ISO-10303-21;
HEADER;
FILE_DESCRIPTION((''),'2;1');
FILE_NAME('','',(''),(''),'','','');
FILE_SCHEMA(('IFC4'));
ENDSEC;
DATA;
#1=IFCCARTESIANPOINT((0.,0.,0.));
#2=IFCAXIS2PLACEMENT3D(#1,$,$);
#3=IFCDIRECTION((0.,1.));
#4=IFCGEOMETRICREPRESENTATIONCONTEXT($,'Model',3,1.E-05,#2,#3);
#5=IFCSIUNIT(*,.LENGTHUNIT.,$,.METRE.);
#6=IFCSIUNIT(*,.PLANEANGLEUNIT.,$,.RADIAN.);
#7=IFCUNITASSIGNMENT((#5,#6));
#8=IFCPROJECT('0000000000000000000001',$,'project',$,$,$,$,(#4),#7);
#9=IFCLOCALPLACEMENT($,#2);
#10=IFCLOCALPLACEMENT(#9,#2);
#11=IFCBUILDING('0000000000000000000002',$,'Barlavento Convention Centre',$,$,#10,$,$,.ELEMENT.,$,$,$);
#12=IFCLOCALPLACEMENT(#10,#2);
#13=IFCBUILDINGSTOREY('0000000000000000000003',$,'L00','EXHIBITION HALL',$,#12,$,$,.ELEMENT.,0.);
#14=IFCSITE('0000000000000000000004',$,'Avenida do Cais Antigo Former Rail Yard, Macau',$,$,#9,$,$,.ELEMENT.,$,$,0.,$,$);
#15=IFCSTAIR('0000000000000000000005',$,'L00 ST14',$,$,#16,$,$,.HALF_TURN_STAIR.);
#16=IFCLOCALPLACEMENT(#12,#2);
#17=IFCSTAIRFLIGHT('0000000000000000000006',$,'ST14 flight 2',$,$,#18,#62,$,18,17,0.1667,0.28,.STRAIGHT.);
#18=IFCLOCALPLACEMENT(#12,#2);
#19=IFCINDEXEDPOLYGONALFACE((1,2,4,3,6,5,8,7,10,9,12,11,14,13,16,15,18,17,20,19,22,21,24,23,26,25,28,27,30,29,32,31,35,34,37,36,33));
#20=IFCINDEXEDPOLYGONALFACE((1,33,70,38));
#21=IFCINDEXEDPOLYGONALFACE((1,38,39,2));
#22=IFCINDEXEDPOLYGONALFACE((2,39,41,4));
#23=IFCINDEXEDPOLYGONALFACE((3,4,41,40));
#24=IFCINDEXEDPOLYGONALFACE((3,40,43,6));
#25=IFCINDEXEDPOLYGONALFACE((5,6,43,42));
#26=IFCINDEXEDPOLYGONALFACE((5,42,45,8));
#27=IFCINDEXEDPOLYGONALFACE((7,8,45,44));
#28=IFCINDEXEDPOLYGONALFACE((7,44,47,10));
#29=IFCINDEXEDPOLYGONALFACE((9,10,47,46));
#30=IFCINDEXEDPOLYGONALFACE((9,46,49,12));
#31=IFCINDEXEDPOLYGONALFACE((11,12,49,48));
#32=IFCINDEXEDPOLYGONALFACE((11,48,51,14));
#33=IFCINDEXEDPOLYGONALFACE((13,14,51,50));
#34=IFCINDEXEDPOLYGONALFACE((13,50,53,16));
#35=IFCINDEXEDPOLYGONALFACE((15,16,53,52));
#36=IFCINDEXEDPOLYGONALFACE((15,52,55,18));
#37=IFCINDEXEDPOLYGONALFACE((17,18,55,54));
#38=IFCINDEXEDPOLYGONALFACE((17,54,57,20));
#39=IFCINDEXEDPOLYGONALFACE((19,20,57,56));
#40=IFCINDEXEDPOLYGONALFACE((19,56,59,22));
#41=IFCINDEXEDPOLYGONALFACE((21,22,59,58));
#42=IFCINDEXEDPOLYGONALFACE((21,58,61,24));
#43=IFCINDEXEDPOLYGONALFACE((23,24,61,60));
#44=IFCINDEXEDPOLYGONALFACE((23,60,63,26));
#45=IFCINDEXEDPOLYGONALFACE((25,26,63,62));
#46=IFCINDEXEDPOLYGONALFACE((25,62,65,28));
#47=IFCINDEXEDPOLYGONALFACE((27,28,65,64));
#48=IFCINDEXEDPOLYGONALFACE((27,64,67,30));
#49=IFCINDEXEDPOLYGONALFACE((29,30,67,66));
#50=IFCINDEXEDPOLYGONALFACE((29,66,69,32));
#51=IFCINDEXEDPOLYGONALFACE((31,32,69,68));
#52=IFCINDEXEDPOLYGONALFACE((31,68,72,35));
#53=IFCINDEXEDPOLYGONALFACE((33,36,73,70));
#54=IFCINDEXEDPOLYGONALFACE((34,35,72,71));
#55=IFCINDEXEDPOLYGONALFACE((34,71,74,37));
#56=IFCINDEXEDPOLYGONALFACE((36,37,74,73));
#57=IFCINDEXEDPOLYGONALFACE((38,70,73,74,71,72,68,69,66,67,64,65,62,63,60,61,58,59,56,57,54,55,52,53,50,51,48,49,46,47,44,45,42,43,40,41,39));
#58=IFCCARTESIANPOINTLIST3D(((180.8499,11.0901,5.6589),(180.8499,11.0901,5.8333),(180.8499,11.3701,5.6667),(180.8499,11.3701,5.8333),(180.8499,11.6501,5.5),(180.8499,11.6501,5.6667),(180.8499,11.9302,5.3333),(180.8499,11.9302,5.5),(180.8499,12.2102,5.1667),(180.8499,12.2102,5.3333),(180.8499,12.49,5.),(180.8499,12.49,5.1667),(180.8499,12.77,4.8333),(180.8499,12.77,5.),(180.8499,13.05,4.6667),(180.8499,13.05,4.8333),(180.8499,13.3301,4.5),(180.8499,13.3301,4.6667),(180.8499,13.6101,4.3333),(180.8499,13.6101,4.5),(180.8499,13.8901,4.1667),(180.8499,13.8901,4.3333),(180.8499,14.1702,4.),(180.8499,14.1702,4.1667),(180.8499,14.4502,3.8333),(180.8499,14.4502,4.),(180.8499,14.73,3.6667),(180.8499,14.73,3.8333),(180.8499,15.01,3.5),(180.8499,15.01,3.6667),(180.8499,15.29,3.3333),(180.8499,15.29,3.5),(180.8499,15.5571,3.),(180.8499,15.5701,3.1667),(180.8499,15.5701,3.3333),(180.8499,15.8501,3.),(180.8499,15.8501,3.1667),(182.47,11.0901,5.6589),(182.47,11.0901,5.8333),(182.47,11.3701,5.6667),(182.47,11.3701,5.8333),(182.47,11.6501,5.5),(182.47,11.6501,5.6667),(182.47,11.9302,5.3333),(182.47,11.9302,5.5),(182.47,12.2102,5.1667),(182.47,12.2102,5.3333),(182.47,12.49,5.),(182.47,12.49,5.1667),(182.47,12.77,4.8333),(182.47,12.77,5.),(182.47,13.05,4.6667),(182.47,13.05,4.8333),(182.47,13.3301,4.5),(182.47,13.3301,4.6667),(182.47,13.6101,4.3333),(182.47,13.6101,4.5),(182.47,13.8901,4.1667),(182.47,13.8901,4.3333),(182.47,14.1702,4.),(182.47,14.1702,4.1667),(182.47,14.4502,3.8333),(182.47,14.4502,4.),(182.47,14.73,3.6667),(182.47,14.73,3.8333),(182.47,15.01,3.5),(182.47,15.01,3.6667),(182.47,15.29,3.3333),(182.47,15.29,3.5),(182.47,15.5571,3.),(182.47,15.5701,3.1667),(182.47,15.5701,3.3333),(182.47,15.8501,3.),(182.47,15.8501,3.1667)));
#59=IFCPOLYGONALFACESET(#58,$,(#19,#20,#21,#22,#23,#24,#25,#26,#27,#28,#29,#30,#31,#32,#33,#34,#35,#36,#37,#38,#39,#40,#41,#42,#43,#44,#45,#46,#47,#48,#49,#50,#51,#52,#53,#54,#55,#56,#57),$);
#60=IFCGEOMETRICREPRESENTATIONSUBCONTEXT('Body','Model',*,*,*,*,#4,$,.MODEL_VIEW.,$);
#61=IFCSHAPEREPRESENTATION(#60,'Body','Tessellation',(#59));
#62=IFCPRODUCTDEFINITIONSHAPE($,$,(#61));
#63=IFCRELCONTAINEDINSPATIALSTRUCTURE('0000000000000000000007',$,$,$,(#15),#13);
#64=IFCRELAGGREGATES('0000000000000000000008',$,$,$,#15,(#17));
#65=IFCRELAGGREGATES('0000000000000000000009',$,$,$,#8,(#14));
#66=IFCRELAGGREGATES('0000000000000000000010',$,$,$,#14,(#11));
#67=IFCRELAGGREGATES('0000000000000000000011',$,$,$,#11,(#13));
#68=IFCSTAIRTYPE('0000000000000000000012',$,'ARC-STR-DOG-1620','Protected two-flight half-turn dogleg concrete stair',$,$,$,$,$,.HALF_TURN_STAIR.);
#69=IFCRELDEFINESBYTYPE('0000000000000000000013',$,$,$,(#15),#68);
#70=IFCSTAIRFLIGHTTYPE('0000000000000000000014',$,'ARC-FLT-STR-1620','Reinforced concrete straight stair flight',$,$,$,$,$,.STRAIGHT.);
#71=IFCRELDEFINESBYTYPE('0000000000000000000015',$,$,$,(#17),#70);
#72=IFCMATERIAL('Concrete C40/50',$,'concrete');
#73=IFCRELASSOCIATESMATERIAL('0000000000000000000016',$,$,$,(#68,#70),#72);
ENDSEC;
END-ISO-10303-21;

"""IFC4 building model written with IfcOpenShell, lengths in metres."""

from ifc_helpers import new_model, si_unit, direction, frame, origin, place, context, subcontext, project, spatial, polyline, outline, extrude, material, type_object, element, aggregate, save


model = new_model("IFC4")

# Units and contexts
model_context = context("Model", 3, precision=1e-05, world=origin(), true_north=direction((0.0, 1.0)))
body_context = subcontext(model_context, "Body", "Model", "MODEL_VIEW")
ifc_project = project(units=[si_unit("LENGTHUNIT", "METRE"), si_unit("PLANEANGLEUNIT", "RADIAN")], contexts=[model_context])

# Site, building, storey
site_placement = place(None, origin())
site = spatial("IfcSite", under=ifc_project, at=site_placement, Name="Avenida do Cais Antigo Former Rail Yard, Macau", CompositionType="ELEMENT", RefElevation=0.0)
building_placement = place(site_placement, origin())
building = spatial("IfcBuilding", under=site, at=building_placement, Name="Barlavento Convention Centre", CompositionType="ELEMENT")
storey_placement = place(building_placement, origin())
storey = spatial("IfcBuildingStorey", under=building, at=storey_placement, Name="L00", Description="EXHIBITION HALL", CompositionType="ELEMENT", Elevation=0.0)

# Shared definitions
ifc_material_1 = material(Name="Concrete C40/50", Category="concrete")

# Stair, stair flight
stair_type = type_object("IfcStairType", Name="ARC-STR-DOG-1620", Description="Protected two-flight half-turn dogleg concrete stair", PredefinedType="HALF_TURN_STAIR", material=ifc_material_1)
stair_placement = place(storey_placement, origin())
stair = element("IfcStair", 1, at=stair_placement, inside=storey, type_object=stair_type, Name="L00 ST14", PredefinedType="HALF_TURN_STAIR")
stair_flight_type = type_object("IfcStairFlightType", Name="ARC-FLT-STR-1620", Description="Reinforced concrete straight stair flight", PredefinedType="STRAIGHT", material=ifc_material_1)
stair_flight_1_placement = place(storey_placement, frame((181.6599, 15.8501, 3.0), z_axis=(0.0, 0.0, 1.0), x_axis=(0.0, -1.0, 0.0)))
stair_flight_1 = element("IfcStairFlight", 2, at=stair_flight_1_placement, type_object=stair_flight_type, Name="ST14 flight 2", NumberOfRisers=18, NumberOfTreads=17, PredefinedType="STRAIGHT", RiserHeight=0.1667, TreadLength=0.28, context=body_context, shape_type="SweptSolid", body=[
    extrude(outline(polyline([(0.0, 0.0), (0.0, 0.1667), (0.28, 0.1667), (0.28, 0.3333), (0.5601, 0.3333), (0.5601, 0.5), (0.8401, 0.5), (0.8401, 0.6667), (1.1201, 0.6667), (1.1201, 0.8333), (1.3999, 0.8333), (1.3999, 1.0), (1.6799, 1.0), (1.6799, 1.1667), (1.96, 1.1667), (1.96, 1.3333), (2.24, 1.3333), (2.24, 1.5), (2.52, 1.5), (2.52, 1.6667), (2.8, 1.6667), (2.8, 1.8333), (3.0801, 1.8333), (3.0801, 2.0), (3.3601, 2.0), (3.3601, 2.1667), (3.6399, 2.1667), (3.6399, 2.3333), (3.9199, 2.3333), (3.9199, 2.5), (4.2, 2.5), (4.2, 2.6667), (4.48, 2.6667), (4.48, 2.8333), (4.76, 2.8333), (4.76, 3.0), (4.76, 2.6589), (0.293, 0.0), (0.0, 0.0)])), frame((0.0, 0.8101, 0.0), z_axis=(0.0, -1.0, 0.0), x_axis=(1.0, 0.0, 0.0)), (0.0, 0.0, 1.0), 1.6201),
])
aggregate(stair, [stair_flight_1])

save(model, "model.ifc")
